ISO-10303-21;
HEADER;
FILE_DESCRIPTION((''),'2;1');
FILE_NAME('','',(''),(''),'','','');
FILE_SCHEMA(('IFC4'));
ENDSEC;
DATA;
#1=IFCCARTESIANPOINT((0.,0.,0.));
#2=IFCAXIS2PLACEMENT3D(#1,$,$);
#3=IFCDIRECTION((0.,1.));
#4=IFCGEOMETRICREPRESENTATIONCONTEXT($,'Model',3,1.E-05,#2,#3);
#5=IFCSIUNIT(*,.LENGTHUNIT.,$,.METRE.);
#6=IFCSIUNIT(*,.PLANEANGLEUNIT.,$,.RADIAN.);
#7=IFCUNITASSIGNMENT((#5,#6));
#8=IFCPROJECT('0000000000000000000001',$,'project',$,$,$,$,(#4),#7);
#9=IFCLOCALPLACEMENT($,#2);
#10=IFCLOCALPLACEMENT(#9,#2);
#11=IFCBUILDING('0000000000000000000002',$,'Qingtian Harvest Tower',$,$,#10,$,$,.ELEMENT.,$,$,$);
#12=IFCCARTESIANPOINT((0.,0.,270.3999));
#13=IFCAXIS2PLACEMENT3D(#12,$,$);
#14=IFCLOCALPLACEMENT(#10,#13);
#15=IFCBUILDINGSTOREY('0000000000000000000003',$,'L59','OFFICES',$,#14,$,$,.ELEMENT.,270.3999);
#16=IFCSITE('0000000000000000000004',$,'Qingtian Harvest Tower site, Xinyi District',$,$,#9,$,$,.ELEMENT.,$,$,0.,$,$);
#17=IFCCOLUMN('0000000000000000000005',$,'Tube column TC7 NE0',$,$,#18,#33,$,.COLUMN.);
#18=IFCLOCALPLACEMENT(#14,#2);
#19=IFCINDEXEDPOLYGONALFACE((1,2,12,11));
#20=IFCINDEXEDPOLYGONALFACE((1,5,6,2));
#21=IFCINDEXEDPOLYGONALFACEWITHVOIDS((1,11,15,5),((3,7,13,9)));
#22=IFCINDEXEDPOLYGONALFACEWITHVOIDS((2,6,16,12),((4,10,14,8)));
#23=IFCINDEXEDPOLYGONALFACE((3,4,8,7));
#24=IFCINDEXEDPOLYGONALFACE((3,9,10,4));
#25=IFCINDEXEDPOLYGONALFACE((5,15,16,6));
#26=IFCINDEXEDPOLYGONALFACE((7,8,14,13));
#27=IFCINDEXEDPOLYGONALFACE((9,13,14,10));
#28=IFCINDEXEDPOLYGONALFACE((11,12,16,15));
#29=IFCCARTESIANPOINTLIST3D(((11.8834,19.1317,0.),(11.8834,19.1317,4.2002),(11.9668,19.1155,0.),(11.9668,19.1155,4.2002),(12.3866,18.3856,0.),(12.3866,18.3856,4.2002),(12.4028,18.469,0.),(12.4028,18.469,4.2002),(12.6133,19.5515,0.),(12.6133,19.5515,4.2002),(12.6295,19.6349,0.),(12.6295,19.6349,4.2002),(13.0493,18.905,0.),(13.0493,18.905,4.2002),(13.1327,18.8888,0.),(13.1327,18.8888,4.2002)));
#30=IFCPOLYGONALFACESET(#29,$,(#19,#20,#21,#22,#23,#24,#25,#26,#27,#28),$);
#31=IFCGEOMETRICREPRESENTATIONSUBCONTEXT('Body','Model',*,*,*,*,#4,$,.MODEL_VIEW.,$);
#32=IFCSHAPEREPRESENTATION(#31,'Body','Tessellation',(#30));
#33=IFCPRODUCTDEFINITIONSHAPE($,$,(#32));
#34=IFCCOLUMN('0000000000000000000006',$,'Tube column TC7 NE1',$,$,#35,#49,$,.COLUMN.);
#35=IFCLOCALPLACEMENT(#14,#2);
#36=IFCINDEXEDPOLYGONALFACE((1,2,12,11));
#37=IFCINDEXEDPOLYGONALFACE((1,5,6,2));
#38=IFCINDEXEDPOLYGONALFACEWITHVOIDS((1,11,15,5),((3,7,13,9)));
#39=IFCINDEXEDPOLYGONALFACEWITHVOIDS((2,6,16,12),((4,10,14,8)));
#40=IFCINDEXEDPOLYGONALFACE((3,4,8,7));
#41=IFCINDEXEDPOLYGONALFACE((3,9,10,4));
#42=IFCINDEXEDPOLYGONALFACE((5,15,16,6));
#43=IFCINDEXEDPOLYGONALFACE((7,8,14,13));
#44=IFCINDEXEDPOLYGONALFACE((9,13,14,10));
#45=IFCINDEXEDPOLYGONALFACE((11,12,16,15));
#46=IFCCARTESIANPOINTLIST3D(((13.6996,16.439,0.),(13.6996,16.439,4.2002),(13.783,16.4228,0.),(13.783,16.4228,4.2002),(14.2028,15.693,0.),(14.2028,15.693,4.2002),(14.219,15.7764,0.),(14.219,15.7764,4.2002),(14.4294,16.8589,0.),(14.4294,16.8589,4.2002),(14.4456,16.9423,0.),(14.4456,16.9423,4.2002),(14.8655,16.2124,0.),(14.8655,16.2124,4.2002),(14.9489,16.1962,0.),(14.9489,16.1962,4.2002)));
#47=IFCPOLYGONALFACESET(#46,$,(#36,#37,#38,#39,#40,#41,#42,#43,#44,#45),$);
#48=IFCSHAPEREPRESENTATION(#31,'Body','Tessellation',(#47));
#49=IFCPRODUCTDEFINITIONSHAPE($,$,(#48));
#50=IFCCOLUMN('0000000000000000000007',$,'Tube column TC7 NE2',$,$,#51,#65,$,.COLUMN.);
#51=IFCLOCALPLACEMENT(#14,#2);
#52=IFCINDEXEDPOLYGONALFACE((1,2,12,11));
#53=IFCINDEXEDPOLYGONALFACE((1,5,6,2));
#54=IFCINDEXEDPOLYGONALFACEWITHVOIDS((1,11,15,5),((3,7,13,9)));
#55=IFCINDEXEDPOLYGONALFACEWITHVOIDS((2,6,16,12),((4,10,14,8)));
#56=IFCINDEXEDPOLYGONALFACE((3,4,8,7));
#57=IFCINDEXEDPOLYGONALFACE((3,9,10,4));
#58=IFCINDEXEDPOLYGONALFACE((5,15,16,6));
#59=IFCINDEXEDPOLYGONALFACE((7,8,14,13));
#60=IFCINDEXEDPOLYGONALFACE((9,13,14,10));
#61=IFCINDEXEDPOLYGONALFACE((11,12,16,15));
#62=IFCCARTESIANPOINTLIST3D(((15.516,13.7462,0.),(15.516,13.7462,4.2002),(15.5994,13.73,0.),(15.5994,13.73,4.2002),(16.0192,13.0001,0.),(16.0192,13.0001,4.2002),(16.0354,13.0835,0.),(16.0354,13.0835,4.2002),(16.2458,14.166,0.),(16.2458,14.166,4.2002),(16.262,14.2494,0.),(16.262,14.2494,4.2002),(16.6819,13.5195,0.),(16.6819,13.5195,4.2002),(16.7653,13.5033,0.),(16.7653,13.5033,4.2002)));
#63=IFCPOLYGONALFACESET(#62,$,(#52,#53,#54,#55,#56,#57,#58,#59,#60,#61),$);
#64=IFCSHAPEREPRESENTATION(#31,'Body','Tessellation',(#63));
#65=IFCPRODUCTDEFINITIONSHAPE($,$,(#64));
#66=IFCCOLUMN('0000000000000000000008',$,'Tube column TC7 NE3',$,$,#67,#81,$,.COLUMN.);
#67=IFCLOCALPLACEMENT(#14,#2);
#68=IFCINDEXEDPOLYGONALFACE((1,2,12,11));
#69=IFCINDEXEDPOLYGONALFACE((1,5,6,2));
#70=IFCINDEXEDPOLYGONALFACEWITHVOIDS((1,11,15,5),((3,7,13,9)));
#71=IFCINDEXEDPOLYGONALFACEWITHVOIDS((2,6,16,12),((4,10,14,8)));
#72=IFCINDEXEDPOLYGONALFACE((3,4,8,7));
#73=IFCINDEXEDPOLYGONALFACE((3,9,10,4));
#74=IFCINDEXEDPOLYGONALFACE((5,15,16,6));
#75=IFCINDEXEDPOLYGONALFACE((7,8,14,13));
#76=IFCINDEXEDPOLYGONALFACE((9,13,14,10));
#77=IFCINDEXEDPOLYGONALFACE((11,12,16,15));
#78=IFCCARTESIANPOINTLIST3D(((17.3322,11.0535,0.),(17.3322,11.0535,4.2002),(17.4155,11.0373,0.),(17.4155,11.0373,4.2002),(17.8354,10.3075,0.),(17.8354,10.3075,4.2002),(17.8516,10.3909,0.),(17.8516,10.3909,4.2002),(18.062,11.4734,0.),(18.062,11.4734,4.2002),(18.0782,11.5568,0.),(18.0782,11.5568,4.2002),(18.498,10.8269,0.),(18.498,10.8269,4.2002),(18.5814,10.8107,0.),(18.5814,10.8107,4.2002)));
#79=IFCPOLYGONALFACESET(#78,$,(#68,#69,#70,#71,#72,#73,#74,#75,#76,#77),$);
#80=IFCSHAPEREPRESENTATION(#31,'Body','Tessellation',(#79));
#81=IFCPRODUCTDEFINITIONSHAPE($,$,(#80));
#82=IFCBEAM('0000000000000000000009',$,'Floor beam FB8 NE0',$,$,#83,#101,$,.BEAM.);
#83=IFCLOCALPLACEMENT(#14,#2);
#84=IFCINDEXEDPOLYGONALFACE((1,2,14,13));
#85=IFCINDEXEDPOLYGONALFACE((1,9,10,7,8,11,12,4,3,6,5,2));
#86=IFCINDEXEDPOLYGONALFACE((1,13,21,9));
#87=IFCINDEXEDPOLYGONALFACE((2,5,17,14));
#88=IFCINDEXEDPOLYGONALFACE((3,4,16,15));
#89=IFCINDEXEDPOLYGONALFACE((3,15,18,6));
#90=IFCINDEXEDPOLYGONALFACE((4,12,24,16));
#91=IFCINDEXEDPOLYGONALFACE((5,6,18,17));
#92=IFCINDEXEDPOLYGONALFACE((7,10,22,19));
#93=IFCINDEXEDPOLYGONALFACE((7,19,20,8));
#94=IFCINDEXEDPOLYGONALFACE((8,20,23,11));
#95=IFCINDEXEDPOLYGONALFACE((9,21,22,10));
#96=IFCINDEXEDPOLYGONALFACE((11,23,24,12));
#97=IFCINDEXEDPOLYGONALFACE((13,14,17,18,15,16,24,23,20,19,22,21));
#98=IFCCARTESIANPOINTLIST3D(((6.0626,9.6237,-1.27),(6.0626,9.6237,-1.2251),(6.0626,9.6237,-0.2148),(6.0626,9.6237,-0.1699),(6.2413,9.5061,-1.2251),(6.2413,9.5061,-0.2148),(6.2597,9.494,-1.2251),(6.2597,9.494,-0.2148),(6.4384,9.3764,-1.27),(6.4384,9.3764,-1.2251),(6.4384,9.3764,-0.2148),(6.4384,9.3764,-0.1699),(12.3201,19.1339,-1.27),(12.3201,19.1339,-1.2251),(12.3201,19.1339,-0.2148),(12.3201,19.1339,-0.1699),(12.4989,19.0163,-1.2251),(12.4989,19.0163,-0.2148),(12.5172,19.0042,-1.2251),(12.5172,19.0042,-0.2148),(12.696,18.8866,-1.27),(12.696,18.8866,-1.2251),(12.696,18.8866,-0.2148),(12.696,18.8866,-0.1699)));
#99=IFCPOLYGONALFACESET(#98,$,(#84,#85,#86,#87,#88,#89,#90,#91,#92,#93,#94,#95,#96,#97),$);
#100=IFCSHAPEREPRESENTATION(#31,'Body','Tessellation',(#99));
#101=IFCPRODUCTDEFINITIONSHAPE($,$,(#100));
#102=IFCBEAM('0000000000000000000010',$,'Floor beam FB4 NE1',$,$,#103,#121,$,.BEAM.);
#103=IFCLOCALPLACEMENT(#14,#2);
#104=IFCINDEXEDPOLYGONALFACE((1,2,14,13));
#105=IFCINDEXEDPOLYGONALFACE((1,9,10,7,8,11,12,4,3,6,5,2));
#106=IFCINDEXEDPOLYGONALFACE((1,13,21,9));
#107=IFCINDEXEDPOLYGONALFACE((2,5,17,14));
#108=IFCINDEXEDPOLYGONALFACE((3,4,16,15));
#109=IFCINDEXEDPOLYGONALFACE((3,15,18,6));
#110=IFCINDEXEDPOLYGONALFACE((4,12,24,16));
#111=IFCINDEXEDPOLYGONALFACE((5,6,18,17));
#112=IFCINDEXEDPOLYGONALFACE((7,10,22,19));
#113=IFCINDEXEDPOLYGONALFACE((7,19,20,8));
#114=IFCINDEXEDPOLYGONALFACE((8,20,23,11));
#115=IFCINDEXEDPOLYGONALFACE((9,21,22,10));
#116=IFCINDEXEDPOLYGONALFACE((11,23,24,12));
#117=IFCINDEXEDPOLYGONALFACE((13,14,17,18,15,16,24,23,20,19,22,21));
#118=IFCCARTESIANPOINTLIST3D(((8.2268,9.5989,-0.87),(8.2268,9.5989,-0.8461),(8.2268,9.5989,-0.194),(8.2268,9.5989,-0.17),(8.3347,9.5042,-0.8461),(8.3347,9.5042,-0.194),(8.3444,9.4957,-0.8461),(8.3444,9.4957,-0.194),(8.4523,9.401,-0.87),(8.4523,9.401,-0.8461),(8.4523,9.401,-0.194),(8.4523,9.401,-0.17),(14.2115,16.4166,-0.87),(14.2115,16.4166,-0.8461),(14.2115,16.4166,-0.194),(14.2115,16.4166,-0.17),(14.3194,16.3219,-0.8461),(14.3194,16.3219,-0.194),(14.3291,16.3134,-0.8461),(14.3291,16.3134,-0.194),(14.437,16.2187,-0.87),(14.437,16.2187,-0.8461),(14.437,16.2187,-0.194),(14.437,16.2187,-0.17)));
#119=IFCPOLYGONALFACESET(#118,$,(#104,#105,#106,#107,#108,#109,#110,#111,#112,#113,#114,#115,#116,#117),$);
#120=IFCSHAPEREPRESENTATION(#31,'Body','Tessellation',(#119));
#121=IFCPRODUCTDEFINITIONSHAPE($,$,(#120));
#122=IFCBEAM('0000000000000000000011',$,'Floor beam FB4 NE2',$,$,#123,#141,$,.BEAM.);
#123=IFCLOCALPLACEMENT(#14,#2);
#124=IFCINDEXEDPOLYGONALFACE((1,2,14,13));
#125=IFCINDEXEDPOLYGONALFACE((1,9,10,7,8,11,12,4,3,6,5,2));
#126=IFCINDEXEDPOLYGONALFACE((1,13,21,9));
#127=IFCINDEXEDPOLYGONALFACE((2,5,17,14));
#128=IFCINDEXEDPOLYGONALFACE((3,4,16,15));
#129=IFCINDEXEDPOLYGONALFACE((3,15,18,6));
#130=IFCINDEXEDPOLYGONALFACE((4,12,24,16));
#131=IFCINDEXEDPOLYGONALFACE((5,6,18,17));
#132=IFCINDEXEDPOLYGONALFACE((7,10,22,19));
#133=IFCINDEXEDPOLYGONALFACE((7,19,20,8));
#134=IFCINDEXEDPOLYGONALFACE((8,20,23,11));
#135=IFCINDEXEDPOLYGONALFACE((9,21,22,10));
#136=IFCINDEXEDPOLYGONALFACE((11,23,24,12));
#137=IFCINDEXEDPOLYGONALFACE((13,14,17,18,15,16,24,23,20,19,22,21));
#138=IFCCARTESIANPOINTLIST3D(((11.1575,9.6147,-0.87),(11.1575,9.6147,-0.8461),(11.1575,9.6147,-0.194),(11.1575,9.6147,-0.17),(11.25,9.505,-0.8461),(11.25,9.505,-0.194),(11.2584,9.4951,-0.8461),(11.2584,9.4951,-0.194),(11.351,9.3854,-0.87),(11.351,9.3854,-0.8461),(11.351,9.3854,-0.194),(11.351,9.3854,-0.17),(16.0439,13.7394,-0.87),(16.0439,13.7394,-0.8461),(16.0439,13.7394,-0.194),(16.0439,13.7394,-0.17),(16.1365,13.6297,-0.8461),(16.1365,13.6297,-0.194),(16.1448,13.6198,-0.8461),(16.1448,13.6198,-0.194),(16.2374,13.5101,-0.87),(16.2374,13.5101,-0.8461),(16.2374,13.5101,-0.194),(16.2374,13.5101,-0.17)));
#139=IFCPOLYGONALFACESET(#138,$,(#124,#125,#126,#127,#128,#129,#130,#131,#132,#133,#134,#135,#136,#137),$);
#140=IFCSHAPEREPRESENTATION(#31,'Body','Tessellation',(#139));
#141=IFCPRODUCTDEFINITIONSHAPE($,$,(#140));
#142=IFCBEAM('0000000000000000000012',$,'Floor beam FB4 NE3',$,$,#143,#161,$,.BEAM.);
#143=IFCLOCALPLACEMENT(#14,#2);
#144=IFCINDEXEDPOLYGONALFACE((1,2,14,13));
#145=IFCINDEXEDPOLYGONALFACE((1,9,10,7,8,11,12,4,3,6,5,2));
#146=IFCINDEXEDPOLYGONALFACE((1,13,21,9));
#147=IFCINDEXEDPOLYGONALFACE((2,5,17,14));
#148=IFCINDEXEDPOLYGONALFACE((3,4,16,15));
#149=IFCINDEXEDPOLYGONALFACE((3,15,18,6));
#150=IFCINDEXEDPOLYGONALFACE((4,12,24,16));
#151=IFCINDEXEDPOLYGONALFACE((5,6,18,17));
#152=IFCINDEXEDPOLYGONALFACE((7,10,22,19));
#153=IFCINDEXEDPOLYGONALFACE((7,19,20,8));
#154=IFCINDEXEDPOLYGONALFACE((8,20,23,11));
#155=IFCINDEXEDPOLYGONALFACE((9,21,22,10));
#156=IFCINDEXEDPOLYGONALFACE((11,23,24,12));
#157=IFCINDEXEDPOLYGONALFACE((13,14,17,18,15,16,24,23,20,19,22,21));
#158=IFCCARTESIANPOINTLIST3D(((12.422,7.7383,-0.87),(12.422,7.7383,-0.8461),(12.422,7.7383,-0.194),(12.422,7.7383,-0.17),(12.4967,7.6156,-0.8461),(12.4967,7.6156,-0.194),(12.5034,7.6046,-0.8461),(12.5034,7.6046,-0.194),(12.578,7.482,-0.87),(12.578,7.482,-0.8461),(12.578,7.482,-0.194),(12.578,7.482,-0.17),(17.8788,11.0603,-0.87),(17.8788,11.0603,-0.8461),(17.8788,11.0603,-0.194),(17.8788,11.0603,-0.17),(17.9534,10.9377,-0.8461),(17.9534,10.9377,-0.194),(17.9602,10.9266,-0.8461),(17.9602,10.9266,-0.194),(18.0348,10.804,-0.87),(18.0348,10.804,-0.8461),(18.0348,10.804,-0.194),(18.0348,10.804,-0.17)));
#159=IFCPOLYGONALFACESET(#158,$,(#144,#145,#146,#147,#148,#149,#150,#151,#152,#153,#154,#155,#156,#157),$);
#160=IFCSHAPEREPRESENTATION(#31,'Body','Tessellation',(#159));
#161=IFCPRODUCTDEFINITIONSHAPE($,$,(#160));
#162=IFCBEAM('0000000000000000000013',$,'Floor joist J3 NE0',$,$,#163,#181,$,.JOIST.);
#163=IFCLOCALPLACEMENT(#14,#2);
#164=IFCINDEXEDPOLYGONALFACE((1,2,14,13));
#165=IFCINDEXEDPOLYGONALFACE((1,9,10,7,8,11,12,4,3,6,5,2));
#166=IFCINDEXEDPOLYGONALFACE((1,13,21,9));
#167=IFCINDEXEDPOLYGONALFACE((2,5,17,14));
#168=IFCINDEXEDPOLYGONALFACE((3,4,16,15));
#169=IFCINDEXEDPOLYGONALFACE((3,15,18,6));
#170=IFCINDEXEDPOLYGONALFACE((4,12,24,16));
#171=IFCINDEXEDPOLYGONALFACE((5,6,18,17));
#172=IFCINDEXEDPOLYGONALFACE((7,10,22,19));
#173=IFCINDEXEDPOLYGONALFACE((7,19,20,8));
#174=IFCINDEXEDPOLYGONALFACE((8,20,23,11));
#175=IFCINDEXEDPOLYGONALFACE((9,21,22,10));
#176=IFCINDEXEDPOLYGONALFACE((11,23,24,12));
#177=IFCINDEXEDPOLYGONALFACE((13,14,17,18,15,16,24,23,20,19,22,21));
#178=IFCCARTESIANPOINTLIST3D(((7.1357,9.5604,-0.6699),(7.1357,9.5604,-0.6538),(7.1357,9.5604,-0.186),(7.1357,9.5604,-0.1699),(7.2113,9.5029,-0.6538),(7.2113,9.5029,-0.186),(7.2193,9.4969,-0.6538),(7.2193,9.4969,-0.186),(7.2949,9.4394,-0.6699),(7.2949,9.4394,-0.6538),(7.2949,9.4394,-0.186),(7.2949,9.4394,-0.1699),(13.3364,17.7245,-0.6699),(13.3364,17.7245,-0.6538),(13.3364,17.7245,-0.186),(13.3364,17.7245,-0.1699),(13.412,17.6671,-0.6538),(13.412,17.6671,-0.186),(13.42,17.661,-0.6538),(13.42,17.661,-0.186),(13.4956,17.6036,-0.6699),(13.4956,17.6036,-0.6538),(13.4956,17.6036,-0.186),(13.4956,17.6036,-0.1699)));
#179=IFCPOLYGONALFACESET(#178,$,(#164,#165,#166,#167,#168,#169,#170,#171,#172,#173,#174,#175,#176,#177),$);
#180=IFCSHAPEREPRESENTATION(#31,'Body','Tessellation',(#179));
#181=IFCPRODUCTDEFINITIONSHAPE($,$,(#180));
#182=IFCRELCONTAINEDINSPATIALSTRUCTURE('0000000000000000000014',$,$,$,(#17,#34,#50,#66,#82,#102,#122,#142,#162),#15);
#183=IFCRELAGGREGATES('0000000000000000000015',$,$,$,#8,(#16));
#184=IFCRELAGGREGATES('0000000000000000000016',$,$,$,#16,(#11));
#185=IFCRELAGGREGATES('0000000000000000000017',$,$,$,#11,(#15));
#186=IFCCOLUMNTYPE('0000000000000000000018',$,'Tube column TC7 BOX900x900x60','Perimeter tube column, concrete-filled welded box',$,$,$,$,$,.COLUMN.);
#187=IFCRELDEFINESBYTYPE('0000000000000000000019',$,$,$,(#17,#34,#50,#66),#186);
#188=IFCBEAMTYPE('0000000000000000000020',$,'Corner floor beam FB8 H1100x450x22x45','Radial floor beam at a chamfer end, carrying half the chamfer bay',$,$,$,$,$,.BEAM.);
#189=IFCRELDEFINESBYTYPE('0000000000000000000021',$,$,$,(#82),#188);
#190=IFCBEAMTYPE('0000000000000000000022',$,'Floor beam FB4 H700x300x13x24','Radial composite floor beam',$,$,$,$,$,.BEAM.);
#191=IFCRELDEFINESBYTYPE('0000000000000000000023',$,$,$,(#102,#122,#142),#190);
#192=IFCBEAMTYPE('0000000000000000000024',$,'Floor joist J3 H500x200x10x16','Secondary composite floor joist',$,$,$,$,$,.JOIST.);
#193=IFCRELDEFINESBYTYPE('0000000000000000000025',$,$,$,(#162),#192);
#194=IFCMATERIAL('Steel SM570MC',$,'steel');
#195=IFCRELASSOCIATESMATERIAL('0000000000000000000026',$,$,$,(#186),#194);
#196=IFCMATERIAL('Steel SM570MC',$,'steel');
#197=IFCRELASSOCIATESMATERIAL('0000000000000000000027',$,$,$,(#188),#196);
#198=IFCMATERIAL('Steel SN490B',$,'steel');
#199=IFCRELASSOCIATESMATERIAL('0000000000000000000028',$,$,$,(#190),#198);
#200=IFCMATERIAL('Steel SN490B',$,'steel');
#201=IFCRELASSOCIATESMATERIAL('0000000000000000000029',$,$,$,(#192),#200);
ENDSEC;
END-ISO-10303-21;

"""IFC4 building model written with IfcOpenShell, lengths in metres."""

from ifc_helpers import new_model, si_unit, direction, frame, origin, origin_2d, place, context, subcontext, project, spatial, hollow_rectangle, i_section, extrude, material, material_profile, profile_set, type_object, element, save


model = new_model("IFC4")

# Units and contexts
model_context = context("Model", 3, precision=1e-05, world=origin(), true_north=direction((0.0, 1.0)))
body_context = subcontext(model_context, "Body", "Model", "MODEL_VIEW")
ifc_project = project(units=[si_unit("LENGTHUNIT", "METRE"), si_unit("PLANEANGLEUNIT", "RADIAN")], contexts=[model_context])

# Site, building, storey
site_placement = place(None, origin())
site = spatial("IfcSite", under=ifc_project, at=site_placement, Name="Qingtian Harvest Tower site, Xinyi District", CompositionType="ELEMENT", RefElevation=0.0)
building_placement = place(site_placement, origin())
building = spatial("IfcBuilding", under=site, at=building_placement, Name="Qingtian Harvest Tower", CompositionType="ELEMENT")
storey_placement = place(building_placement, frame((0.0, 0.0, 270.3999)))
storey = spatial("IfcBuildingStorey", under=building, at=storey_placement, Name="L59", Description="OFFICES", CompositionType="ELEMENT", Elevation=270.3999)

# Columns
ifc_material_1 = material(Name="Steel SM570MC", Category="steel")
ifc_material_profile_1 = material_profile(ifc_material_1, hollow_rectangle(XDim=0.8999, YDim=0.8999, WallThickness=0.0601, at=origin_2d()), Name="BOX900x900x60")
ifc_profile_set_1 = profile_set([ifc_material_profile_1], Name="Steel SM570MC")
column_type = type_object("IfcColumnType", Name="Tube column TC7 BOX900x900x60", Description="Perimeter tube column, concrete-filled welded box", PredefinedType="COLUMN", material=ifc_profile_set_1)
for number, where, z_axis, x_axis, name in (
    (1, (12.5081, 19.0103, 0.0), (0.0, 0.0, 1.0), (-0.559193, 0.829038, 0.0), "Tube column TC7 NE0"),
    (2, (14.3242, 16.3176, 0.0), (0.0, 0.0, 1.0), (-0.559193, 0.829038, 0.0), "Tube column TC7 NE1"),
    (3, (16.1406, 13.6248, 0.0), (0.0, 0.0, 1.0), (-0.559193, 0.829038, 0.0), "Tube column TC7 NE2"),
    (4, (17.9568, 10.9321, 0.0), (0.0, 0.0, 1.0), (-0.559193, 0.829038, 0.0), "Tube column TC7 NE3"),
):
    element("IfcColumn", number, at=place(storey_placement, frame(where, z_axis=z_axis, x_axis=x_axis)), inside=storey, type_object=column_type, Name=name, PredefinedType="COLUMN", context=body_context, shape_type="SweptSolid", body=[
        extrude(hollow_rectangle(XDim=0.8999, YDim=0.8999, WallThickness=0.0601, at=origin_2d()), origin(), (0.0, 0.0, 1.0), 4.2002),
    ])

# Beams
ifc_material_2 = material(Name="Steel SM570MC", Category="steel")
ifc_material_profile_2 = material_profile(ifc_material_2, i_section(OverallWidth=0.45, OverallDepth=1.1001, WebThickness=0.022, FlangeThickness=0.0449, at=origin_2d()), Name="H1100x450x22x45")
ifc_profile_set_2 = profile_set([ifc_material_profile_2], Name="Steel SM570MC")
beam_type_1 = type_object("IfcBeamType", Name="Corner floor beam FB8 H1100x450x22x45", Description="Radial floor beam at a chamfer end, carrying half the chamfer bay", PredefinedType="BEAM", material=ifc_profile_set_2)
beam_1_placement = place(storey_placement, frame((12.5081, 19.0103, -0.72), z_axis=(-0.549667, -0.835384, 0.0), x_axis=(0.835384, -0.549667, 0.0)))
element("IfcBeam", 5, at=beam_1_placement, inside=storey, type_object=beam_type_1, Name="Floor beam FB8 NE0", PredefinedType="BEAM", context=body_context, shape_type="SweptSolid", body=[
    extrude(i_section(OverallWidth=0.45, OverallDepth=1.1001, WebThickness=0.022, FlangeThickness=0.0449, at=origin_2d()), origin(), (0.0, 0.0, 1.0), 11.3843),
])
ifc_material_3 = material(Name="Steel SN490B", Category="steel")
ifc_material_profile_3 = material_profile(ifc_material_3, i_section(OverallWidth=0.3, OverallDepth=0.7, WebThickness=0.0129, FlangeThickness=0.0239, at=origin_2d()), Name="H700x300x13x24")
ifc_profile_set_3 = profile_set([ifc_material_profile_3], Name="Steel SN490B")
beam_type_2 = type_object("IfcBeamType", Name="Floor beam FB4 H700x300x13x24", Description="Radial composite floor beam", PredefinedType="BEAM", material=ifc_profile_set_3)
beam_2_placement = place(storey_placement, frame((14.3242, 16.3176, -0.52), z_axis=(-0.659702, -0.751527, 0.0), x_axis=(0.751527, -0.659702, 0.0)))
element("IfcBeam", 6, at=beam_2_placement, inside=storey, type_object=beam_type_2, Name="Floor beam FB4 NE1", PredefinedType="BEAM", context=body_context, shape_type="SweptSolid", body=[
    extrude(i_section(OverallWidth=0.3, OverallDepth=0.7, WebThickness=0.0129, FlangeThickness=0.0239, at=origin_2d()), origin(), (0.0, 0.0, 1.0), 9.0718),
])
beam_3_placement = place(storey_placement, frame((16.1406, 13.6248, -0.52), z_axis=(-0.764153, -0.645035, 0.0), x_axis=(0.645035, -0.764153, 0.0)))
element("IfcBeam", 7, at=beam_3_placement, inside=storey, type_object=beam_type_2, Name="Floor beam FB4 NE2", PredefinedType="BEAM", context=body_context, shape_type="SweptSolid", body=[
    extrude(i_section(OverallWidth=0.3, OverallDepth=0.7, WebThickness=0.0129, FlangeThickness=0.0239, at=origin_2d()), origin(), (0.0, 0.0, 1.0), 6.3945),
])
beam_4_placement = place(storey_placement, frame((17.9568, 10.9321, -0.52), z_axis=(-0.854164, -0.520004, 0.0), x_axis=(0.520004, -0.854164, 0.0)))
element("IfcBeam", 8, at=beam_4_placement, inside=storey, type_object=beam_type_2, Name="Floor beam FB4 NE3", PredefinedType="BEAM", context=body_context, shape_type="SweptSolid", body=[
    extrude(i_section(OverallWidth=0.3, OverallDepth=0.7, WebThickness=0.0129, FlangeThickness=0.0239, at=origin_2d()), origin(), (0.0, 0.0, 1.0), 6.3884),
])
ifc_material_4 = material(Name="Steel SN490B", Category="steel")
ifc_material_profile_4 = material_profile(ifc_material_4, i_section(OverallWidth=0.2, OverallDepth=0.5, WebThickness=0.01, FlangeThickness=0.0161, at=origin_2d()), Name="H500x200x10x16")
ifc_profile_set_4 = profile_set([ifc_material_profile_4], Name="Steel SN490B")
beam_type_3 = type_object("IfcBeamType", Name="Floor joist J3 H500x200x10x16", Description="Secondary composite floor joist", PredefinedType="JOIST", material=ifc_profile_set_4)
beam_5_placement = place(storey_placement, frame((13.416, 17.6641, -0.4199), z_axis=(-0.604836, -0.79635, 0.0), x_axis=(0.79635, -0.604836, 0.0)))
element("IfcBeam", 9, at=beam_5_placement, inside=storey, type_object=beam_type_3, Name="Floor joist J3 NE0", PredefinedType="JOIST", context=body_context, shape_type="SweptSolid", body=[
    extrude(i_section(OverallWidth=0.2, OverallDepth=0.5, WebThickness=0.01, FlangeThickness=0.0161, at=origin_2d()), origin(), (0.0, 0.0, 1.0), 10.252),
])

save(model, "model.ifc")
